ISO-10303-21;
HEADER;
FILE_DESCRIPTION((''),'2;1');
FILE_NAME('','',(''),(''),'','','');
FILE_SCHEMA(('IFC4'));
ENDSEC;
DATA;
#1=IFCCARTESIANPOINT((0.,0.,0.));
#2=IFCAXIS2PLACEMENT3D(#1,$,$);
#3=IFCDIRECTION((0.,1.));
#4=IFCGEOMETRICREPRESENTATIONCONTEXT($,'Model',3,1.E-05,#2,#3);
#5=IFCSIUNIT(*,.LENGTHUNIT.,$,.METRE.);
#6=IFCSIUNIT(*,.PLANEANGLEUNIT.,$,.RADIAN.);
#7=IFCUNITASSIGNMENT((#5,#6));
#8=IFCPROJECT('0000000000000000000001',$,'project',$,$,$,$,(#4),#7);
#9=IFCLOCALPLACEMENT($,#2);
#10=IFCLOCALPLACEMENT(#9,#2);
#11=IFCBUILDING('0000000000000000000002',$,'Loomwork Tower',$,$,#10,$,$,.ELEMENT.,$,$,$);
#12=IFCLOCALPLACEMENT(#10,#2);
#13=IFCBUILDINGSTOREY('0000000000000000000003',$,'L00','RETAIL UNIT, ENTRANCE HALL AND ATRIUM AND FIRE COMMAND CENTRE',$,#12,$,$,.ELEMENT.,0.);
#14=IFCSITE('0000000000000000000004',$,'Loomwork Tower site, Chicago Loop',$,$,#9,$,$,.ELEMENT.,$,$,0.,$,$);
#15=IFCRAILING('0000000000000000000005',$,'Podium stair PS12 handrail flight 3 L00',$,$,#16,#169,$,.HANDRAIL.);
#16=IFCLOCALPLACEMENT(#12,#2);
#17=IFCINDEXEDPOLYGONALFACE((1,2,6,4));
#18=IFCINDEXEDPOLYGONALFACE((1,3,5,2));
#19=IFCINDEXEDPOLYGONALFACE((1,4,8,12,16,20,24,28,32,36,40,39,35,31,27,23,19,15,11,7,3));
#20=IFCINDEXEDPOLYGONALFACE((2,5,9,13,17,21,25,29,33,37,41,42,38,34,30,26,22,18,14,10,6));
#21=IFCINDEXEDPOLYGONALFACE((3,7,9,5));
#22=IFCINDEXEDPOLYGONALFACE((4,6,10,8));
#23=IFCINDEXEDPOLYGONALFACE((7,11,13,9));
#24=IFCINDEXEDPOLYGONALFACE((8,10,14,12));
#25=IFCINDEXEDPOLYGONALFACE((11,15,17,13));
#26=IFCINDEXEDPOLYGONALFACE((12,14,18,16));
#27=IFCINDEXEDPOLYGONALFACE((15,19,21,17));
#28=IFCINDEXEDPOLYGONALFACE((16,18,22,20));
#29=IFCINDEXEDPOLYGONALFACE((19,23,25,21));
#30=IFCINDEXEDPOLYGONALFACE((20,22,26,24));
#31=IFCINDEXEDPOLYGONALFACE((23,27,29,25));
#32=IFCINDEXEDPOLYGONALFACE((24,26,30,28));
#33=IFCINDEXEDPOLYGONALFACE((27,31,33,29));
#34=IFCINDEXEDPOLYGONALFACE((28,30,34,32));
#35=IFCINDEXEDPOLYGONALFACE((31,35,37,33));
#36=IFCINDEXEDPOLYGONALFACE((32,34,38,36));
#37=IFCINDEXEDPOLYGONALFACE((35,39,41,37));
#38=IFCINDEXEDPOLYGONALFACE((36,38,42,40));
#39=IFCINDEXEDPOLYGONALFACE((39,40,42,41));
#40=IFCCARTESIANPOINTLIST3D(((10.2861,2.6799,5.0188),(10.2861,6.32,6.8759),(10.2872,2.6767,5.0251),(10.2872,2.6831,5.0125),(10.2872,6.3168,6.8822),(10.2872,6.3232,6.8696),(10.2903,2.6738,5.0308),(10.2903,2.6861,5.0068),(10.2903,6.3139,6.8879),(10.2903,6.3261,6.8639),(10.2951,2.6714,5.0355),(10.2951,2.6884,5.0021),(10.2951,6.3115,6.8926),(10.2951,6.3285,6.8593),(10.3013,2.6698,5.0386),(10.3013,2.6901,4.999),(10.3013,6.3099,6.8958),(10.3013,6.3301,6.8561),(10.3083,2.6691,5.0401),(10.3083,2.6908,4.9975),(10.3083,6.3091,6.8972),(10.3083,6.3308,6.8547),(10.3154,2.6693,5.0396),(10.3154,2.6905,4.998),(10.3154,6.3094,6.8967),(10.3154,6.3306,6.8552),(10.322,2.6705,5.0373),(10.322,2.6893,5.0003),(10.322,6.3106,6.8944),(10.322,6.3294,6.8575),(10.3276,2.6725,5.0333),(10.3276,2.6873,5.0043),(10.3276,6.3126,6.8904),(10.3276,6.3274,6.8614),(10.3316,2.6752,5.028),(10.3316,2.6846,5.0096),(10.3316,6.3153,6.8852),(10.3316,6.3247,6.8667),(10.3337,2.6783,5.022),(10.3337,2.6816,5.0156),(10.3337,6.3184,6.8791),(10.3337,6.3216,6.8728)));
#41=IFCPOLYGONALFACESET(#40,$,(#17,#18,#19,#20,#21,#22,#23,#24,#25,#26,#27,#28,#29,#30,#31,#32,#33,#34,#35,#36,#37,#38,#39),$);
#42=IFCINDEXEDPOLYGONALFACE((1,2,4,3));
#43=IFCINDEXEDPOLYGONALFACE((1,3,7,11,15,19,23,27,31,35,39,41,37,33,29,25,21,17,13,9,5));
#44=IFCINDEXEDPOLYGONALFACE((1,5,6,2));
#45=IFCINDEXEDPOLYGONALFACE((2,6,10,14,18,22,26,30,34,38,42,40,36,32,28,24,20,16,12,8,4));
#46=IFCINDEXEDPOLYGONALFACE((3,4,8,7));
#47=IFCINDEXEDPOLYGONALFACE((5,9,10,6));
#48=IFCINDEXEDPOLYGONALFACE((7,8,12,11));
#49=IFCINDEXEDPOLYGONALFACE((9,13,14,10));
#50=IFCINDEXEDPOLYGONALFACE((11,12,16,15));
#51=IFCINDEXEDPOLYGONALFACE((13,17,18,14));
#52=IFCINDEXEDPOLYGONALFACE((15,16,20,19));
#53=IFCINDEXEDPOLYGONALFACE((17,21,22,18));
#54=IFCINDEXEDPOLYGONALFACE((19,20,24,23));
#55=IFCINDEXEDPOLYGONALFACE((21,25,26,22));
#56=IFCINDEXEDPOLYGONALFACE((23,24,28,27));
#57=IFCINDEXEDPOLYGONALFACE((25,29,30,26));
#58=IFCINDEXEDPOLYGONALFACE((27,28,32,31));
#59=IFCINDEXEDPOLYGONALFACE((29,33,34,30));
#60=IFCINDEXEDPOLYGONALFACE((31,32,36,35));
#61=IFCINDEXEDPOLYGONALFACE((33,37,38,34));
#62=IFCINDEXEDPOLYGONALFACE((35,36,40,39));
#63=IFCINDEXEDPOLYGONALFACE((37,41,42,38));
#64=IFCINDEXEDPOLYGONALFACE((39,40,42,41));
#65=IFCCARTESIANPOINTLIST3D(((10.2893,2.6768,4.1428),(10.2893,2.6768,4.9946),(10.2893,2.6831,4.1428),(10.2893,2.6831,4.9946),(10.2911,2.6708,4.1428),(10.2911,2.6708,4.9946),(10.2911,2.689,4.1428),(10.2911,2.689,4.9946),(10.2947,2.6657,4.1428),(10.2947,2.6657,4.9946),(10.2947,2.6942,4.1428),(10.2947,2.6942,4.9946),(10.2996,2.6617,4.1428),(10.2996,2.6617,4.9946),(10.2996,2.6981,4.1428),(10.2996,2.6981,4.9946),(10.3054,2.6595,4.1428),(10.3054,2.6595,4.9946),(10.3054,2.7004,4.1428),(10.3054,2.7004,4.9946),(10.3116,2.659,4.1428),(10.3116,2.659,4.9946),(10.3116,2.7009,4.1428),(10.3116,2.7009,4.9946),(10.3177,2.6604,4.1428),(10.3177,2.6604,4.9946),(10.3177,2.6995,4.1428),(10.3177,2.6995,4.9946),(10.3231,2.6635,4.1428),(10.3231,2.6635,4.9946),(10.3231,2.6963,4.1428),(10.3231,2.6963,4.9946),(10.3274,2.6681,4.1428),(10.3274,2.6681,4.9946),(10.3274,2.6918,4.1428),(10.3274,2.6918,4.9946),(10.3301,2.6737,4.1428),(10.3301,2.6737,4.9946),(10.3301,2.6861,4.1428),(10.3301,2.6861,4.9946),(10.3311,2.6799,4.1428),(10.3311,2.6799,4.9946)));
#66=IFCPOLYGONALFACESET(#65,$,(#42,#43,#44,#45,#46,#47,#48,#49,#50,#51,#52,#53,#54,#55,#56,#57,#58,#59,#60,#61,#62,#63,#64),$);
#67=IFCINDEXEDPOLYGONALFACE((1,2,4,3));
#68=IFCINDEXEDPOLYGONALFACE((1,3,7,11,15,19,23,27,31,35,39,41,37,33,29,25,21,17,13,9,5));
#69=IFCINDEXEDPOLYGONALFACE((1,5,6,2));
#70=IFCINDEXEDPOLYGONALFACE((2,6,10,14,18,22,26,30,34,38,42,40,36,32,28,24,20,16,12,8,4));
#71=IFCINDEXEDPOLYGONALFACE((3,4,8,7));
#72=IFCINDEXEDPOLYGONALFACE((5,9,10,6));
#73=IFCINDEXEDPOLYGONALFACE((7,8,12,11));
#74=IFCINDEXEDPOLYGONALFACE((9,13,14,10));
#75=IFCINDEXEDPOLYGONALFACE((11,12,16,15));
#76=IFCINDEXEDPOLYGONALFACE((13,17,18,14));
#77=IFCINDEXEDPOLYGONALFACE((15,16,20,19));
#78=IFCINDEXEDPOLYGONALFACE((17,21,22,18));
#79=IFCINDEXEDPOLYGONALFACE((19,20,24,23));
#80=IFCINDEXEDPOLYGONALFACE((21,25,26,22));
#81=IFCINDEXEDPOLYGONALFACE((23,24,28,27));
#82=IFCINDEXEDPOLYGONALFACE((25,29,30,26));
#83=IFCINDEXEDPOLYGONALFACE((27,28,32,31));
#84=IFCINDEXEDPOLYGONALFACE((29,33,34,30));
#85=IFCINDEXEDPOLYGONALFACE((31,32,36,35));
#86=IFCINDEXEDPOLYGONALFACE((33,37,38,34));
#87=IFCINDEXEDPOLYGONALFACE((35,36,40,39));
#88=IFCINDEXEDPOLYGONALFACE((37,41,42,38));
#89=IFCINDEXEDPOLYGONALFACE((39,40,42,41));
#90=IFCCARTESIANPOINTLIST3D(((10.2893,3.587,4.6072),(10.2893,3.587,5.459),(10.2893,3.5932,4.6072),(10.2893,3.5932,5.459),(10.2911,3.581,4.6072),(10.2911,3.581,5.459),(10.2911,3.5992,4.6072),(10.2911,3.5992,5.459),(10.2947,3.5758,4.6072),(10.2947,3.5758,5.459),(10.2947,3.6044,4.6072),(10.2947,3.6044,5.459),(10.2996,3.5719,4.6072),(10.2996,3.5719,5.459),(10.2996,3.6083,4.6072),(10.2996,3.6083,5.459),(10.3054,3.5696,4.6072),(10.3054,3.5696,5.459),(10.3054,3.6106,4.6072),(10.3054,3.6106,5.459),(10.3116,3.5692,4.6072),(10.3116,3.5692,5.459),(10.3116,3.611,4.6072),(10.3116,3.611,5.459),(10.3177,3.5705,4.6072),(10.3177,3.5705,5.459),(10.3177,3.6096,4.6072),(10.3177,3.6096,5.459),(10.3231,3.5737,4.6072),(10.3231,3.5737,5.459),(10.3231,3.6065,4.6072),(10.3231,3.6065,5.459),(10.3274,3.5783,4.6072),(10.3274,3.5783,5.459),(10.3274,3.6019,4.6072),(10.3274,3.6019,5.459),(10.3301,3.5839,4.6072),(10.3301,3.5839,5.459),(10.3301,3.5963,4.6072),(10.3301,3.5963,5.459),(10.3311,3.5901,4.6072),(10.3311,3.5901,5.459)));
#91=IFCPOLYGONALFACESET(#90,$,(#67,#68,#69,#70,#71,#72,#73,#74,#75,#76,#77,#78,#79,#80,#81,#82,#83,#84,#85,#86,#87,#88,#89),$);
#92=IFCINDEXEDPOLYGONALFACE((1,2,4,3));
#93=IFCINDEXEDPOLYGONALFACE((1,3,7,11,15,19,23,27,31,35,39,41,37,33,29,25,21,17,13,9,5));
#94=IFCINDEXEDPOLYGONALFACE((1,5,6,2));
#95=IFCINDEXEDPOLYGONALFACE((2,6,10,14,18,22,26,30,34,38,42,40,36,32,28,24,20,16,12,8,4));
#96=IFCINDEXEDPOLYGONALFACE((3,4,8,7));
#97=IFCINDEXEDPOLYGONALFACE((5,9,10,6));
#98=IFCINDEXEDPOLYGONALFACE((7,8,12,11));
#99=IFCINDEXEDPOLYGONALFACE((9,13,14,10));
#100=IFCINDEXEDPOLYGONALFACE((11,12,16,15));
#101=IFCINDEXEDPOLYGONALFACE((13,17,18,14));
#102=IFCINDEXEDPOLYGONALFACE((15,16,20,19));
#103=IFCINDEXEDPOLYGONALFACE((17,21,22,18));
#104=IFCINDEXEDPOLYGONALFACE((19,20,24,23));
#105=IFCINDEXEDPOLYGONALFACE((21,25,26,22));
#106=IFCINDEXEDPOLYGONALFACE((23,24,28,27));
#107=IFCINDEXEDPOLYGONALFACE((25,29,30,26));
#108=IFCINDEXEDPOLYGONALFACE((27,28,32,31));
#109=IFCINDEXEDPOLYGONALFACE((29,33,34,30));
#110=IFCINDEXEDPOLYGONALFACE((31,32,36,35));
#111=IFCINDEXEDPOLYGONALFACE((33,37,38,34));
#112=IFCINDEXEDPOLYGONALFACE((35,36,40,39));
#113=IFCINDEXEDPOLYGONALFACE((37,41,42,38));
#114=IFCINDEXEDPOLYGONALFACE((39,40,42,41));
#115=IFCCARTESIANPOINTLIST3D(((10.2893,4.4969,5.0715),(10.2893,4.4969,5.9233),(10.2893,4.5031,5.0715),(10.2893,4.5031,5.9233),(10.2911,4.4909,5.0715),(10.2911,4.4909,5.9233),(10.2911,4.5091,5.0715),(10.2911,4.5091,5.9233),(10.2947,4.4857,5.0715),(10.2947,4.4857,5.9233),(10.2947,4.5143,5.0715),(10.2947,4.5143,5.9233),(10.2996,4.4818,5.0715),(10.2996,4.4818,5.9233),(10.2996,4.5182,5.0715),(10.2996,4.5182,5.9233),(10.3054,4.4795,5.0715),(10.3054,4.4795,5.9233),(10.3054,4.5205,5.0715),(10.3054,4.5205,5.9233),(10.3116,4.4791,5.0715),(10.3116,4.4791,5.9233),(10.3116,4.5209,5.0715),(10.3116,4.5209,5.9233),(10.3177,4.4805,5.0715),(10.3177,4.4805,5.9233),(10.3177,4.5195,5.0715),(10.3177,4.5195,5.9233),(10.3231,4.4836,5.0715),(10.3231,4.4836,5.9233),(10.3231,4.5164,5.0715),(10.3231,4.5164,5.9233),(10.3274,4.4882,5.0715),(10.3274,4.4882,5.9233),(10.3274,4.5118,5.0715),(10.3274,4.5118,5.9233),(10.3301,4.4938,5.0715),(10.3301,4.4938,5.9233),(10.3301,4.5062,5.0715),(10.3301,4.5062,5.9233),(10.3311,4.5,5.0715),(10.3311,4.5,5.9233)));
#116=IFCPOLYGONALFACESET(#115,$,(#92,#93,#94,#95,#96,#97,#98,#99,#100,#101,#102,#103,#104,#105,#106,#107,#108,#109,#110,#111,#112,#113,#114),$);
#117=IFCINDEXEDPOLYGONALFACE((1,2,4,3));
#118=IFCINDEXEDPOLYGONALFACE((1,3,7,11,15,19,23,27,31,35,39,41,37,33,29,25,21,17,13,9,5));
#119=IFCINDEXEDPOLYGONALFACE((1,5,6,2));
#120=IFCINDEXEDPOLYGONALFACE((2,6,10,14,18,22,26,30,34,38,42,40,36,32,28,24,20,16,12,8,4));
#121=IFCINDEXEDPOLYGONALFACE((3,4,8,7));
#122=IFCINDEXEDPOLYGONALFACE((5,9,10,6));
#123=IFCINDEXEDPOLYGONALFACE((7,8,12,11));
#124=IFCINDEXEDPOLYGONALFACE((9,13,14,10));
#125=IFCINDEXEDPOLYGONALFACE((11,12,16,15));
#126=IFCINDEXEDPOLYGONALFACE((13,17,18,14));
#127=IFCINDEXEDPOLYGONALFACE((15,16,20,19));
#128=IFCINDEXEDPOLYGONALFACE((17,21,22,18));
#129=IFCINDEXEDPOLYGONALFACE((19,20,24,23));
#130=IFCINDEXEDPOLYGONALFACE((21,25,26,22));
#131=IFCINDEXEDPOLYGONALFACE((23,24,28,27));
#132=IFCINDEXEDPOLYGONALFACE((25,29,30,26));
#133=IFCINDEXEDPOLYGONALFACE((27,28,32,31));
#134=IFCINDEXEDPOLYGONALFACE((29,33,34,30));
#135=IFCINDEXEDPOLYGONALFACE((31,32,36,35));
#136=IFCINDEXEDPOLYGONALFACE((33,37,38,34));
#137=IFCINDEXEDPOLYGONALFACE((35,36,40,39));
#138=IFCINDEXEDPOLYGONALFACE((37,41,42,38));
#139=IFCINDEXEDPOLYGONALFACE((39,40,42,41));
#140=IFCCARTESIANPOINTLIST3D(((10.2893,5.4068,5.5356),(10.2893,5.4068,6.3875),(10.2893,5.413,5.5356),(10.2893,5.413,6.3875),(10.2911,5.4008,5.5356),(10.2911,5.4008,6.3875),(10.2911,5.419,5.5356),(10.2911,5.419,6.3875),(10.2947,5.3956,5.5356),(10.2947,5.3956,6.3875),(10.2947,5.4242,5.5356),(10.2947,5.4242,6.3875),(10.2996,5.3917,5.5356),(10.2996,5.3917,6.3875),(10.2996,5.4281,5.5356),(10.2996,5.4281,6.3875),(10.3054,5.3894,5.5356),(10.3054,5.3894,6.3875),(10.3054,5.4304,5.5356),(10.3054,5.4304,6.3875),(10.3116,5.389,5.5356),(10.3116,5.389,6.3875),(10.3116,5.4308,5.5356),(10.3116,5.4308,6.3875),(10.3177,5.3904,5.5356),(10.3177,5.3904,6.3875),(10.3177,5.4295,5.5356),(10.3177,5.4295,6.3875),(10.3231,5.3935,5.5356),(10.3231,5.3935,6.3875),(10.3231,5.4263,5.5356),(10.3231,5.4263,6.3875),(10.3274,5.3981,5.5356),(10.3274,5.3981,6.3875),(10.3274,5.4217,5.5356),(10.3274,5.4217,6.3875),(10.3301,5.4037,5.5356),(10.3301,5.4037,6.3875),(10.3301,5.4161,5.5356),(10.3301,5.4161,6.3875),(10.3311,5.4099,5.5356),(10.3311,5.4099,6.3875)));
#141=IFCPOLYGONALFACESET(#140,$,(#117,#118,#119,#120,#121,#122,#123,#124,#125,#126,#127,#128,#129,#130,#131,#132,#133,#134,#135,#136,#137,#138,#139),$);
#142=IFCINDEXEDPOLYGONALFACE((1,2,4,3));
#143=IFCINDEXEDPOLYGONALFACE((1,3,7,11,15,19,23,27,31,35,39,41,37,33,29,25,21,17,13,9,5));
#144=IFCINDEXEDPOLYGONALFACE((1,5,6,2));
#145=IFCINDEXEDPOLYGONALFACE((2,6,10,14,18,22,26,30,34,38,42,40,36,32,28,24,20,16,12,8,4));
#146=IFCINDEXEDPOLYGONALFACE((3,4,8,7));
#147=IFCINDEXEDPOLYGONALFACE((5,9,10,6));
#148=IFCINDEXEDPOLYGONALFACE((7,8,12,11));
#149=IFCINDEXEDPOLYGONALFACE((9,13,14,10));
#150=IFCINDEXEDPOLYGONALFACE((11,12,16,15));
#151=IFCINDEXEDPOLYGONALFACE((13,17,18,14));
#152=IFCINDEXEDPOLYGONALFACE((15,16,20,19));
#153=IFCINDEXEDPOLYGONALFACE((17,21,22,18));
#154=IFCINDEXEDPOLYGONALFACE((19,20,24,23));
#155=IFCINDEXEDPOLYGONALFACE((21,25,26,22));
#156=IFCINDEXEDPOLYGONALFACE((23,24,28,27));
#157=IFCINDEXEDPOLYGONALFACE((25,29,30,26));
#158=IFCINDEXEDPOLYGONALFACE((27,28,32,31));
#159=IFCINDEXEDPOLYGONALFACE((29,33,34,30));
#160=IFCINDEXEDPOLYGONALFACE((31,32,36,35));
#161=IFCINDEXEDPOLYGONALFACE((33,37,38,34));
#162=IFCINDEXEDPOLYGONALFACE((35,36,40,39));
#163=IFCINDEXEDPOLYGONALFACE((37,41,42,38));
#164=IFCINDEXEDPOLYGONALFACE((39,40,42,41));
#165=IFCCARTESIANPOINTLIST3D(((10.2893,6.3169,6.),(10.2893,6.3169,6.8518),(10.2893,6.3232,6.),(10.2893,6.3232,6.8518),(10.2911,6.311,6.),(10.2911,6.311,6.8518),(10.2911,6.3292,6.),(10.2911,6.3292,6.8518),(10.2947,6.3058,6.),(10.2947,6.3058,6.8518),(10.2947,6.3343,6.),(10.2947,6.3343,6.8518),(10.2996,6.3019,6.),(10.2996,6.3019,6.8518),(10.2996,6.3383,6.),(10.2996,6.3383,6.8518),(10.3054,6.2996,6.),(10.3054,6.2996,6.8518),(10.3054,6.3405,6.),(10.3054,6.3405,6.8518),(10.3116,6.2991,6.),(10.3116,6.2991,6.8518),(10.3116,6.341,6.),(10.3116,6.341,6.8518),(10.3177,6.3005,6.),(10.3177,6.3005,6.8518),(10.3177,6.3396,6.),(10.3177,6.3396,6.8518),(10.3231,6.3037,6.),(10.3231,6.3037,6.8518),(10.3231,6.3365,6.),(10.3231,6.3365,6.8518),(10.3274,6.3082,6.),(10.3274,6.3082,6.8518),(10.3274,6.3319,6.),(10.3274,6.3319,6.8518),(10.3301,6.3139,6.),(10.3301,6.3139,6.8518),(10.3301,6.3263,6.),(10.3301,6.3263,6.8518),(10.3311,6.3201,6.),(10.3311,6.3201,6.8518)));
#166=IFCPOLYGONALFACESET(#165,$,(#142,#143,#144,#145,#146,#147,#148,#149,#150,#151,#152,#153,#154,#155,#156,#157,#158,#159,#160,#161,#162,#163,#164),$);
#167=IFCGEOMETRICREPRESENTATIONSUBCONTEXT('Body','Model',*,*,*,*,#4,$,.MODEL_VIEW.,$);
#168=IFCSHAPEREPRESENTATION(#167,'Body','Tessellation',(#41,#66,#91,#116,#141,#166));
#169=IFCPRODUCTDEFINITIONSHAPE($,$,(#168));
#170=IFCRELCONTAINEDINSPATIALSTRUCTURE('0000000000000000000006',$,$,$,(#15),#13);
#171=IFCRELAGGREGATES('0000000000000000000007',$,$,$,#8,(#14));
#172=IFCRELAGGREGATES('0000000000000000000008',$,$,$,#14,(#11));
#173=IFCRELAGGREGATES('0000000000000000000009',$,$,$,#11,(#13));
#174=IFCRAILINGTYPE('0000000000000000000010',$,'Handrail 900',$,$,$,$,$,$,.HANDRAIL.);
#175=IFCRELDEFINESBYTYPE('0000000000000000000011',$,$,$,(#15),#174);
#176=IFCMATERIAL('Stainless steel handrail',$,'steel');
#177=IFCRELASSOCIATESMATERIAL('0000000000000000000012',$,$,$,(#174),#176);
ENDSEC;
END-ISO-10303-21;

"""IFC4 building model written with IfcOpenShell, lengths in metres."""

from ifc_helpers import new_model, si_unit, direction, frame, origin, origin_2d, place, context, subcontext, project, spatial, circle, extrude, material, type_object, element, save


model = new_model("IFC4")

# Units and contexts
model_context = context("Model", 3, precision=1e-05, world=origin(), true_north=direction((0.0, 1.0)))
body_context = subcontext(model_context, "Body", "Model", "MODEL_VIEW")
ifc_project = project(units=[si_unit("LENGTHUNIT", "METRE"), si_unit("PLANEANGLEUNIT", "RADIAN")], contexts=[model_context])

# Site, building, storey
site_placement = place(None, origin())
site = spatial("IfcSite", under=ifc_project, at=site_placement, Name="Loomwork Tower site, Chicago Loop", CompositionType="ELEMENT", RefElevation=0.0)
building_placement = place(site_placement, origin())
building = spatial("IfcBuilding", under=site, at=building_placement, Name="Loomwork Tower", CompositionType="ELEMENT")
storey_placement = place(building_placement, origin())
storey = spatial("IfcBuildingStorey", under=building, at=storey_placement, Name="L00", Description="RETAIL UNIT, ENTRANCE HALL AND ATRIUM AND FIRE COMMAND CENTRE", CompositionType="ELEMENT", Elevation=0.0)

# Railing
ifc_material_1 = material(Name="Stainless steel handrail", Category="steel")
railing_type = type_object("IfcRailingType", Name="Handrail 900", PredefinedType="HANDRAIL", material=ifc_material_1)
railing_1_placement = place(storey_placement, frame((10.3101, 2.6799, 4.1428)))
element("IfcRailing", 1, at=railing_1_placement, inside=storey, type_object=railing_type, Name="Podium stair PS12 handrail flight 3 L00", PredefinedType="HANDRAIL", context=body_context, shape_type="SweptSolid", body=[
    extrude(circle(Radius=0.0239, at=origin_2d()), frame((0.0, 0.0, 0.876), z_axis=(0.0, 0.890765, 0.454464), x_axis=(-1.0, 0.0, 0.0)), (0.0, 0.0, 1.0), 4.0864),
    extrude(circle(Radius=0.021, at=origin_2d()), origin(), (0.0, 0.0, 1.0), 0.8518),
    extrude(circle(Radius=0.021, at=origin_2d()), frame((0.0, 0.9102, 0.4644)), (0.0, 0.0, 1.0), 0.8518),
    extrude(circle(Radius=0.021, at=origin_2d()), frame((0.0, 1.8201, 0.9287)), (0.0, 0.0, 1.0), 0.8518),
    extrude(circle(Radius=0.021, at=origin_2d()), frame((0.0, 2.73, 1.3928)), (0.0, 0.0, 1.0), 0.8518),
    extrude(circle(Radius=0.021, at=origin_2d()), frame((0.0, 3.6401, 1.8572)), (0.0, 0.0, 1.0), 0.8518),
])

save(model, "model.ifc")
